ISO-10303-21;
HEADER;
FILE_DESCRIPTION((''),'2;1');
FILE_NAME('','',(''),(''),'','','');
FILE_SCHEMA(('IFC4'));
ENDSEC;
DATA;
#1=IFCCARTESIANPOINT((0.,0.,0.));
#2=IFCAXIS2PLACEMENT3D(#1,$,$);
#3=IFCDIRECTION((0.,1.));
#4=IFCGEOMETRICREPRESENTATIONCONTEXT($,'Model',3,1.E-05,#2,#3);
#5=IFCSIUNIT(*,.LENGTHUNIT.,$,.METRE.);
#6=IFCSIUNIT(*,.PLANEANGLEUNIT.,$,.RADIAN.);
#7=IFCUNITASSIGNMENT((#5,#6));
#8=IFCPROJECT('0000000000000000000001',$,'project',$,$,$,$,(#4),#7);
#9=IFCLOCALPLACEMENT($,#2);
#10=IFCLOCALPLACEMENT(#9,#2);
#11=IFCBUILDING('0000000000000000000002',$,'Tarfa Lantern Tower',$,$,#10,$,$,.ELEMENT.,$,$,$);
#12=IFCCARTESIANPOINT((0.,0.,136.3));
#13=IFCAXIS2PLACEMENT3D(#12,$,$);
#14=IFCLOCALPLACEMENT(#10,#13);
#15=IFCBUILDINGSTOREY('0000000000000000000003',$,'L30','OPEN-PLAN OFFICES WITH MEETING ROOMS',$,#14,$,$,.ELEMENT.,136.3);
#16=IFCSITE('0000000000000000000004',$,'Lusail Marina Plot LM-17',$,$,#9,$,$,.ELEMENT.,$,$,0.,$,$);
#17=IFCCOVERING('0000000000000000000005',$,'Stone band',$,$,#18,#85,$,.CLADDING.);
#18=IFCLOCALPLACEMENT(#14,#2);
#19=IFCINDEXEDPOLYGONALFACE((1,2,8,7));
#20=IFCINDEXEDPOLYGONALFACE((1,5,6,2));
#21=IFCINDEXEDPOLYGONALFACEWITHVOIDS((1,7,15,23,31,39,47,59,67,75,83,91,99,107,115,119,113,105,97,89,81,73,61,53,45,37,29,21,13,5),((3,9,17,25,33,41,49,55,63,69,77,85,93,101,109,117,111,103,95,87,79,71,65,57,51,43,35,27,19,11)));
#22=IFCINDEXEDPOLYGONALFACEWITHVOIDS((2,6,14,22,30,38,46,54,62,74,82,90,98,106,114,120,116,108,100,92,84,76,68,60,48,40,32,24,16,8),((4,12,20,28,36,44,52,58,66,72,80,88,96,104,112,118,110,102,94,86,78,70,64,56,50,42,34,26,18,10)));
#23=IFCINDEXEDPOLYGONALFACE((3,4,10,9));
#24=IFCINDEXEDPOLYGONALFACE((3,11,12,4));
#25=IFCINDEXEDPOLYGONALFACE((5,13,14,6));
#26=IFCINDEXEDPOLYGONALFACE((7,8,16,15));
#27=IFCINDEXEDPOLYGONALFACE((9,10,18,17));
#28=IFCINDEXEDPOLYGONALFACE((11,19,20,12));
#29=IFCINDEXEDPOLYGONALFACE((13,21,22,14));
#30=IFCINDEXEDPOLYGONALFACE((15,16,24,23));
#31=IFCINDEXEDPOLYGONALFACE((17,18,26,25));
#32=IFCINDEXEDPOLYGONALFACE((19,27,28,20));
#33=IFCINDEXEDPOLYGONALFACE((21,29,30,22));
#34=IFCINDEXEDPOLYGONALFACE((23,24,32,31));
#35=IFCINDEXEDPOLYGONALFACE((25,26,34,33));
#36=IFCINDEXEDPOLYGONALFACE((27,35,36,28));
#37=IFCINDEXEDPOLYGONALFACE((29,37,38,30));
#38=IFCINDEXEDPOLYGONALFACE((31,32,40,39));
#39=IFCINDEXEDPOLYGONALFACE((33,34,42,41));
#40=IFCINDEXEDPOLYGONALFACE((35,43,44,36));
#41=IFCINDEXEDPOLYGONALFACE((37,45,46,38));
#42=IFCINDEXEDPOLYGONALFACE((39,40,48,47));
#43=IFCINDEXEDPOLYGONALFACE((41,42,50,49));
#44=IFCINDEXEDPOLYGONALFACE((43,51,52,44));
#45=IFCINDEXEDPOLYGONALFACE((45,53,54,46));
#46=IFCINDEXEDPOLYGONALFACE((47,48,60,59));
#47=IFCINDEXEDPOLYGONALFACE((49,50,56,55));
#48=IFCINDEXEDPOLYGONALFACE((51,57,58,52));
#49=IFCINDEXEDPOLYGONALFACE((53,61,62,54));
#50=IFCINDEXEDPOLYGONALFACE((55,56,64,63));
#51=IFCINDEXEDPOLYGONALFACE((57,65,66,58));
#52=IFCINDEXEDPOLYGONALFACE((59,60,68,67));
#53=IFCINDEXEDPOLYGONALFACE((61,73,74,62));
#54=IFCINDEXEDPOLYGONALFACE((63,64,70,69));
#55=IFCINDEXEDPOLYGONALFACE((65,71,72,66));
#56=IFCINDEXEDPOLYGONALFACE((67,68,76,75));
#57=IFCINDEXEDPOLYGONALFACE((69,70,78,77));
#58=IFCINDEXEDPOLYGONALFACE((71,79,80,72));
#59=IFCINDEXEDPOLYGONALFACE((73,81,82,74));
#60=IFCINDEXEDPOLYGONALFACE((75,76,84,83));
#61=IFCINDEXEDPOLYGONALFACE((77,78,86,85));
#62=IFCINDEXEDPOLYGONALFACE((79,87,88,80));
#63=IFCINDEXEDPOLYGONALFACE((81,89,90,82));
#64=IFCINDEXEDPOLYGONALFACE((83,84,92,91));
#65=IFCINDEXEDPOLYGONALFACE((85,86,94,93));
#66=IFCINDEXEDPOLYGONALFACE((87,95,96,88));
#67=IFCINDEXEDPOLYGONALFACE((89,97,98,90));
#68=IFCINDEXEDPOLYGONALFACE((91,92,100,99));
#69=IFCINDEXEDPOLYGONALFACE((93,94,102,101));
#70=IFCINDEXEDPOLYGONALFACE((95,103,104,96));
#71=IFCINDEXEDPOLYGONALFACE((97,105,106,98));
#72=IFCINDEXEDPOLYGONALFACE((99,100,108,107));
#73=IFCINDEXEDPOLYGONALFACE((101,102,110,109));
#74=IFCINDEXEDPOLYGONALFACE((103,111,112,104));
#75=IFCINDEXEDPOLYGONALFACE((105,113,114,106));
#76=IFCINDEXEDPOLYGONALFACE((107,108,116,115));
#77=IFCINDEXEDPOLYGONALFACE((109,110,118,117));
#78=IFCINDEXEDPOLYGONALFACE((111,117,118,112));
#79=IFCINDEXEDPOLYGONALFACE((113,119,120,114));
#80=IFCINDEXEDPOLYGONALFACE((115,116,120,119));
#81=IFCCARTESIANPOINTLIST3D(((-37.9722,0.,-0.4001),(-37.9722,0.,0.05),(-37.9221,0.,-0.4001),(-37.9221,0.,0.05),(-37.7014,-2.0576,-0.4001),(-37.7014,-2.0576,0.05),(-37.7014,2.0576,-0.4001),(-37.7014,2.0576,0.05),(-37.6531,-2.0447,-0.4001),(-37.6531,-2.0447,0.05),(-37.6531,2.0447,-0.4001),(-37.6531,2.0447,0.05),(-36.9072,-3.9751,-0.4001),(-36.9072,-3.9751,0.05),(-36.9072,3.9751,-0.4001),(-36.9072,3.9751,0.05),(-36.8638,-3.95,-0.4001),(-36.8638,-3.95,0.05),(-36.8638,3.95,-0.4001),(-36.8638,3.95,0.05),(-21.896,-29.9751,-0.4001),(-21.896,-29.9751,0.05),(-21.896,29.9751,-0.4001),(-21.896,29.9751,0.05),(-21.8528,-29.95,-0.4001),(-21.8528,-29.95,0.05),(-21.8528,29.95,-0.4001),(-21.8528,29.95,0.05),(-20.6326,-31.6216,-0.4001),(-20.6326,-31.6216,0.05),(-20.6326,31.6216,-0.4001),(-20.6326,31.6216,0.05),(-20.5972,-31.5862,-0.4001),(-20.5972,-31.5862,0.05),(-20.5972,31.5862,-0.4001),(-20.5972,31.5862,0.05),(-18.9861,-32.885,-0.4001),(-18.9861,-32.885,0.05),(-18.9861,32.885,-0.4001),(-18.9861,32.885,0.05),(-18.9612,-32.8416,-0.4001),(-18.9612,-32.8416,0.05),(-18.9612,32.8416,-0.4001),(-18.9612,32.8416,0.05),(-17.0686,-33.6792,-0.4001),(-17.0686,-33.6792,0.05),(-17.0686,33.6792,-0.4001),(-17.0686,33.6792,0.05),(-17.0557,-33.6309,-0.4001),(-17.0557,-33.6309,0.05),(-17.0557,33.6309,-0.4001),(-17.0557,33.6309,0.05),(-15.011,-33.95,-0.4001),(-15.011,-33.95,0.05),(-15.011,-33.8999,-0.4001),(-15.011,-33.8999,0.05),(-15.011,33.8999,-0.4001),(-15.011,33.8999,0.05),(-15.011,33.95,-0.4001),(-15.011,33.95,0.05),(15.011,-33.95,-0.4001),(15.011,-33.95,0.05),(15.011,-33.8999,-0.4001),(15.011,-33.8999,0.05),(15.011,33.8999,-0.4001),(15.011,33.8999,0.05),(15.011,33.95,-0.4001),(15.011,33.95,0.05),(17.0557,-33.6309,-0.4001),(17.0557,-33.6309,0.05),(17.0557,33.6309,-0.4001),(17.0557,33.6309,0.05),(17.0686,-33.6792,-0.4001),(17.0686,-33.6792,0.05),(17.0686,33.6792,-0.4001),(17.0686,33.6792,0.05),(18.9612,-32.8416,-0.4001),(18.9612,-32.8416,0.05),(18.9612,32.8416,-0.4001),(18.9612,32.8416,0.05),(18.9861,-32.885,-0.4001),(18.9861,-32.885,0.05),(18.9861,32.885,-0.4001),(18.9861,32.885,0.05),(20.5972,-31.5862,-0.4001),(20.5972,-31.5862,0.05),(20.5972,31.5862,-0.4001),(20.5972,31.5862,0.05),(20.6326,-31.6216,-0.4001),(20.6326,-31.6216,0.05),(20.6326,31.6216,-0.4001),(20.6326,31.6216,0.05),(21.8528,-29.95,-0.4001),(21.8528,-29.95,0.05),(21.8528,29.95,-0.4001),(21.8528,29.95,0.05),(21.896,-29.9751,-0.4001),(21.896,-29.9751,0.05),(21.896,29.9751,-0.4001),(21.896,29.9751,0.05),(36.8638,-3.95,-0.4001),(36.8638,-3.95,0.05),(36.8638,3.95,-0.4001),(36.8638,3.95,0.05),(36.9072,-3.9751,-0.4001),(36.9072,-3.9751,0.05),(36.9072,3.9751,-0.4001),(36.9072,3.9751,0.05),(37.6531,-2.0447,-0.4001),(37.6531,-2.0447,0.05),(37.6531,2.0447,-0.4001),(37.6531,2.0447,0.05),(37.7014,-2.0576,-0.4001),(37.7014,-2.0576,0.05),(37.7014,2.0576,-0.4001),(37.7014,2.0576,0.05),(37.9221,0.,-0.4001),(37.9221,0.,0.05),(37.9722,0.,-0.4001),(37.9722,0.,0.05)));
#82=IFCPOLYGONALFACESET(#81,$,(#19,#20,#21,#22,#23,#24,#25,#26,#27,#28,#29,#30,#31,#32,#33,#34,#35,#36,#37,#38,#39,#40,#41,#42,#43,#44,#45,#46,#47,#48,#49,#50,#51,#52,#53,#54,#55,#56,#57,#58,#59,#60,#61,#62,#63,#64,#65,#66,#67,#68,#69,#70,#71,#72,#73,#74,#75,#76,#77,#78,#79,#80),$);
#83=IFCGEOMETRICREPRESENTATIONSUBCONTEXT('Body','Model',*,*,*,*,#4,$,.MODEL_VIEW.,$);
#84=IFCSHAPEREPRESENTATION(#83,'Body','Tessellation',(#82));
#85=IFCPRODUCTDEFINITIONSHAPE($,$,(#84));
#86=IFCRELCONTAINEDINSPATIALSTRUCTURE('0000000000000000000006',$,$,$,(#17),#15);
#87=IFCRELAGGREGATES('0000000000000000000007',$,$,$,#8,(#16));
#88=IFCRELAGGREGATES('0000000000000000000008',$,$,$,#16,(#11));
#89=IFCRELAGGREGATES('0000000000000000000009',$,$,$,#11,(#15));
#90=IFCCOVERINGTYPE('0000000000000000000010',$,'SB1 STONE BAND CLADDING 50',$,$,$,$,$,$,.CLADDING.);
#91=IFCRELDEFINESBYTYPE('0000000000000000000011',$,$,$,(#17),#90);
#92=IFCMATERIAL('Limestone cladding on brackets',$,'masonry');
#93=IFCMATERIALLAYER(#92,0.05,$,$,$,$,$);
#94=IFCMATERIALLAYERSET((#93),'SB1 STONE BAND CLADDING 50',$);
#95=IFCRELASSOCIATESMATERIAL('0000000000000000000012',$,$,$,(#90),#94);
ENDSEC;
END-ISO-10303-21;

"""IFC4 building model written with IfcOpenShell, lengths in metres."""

from ifc_helpers import new_model, si_unit, direction, frame, origin, place, context, subcontext, project, spatial, polyline, outline, extrude, material, layer, layer_set, type_object, element, save


model = new_model("IFC4")

# Units and contexts
model_context = context("Model", 3, precision=1e-05, world=origin(), true_north=direction((0.0, 1.0)))
body_context = subcontext(model_context, "Body", "Model", "MODEL_VIEW")
ifc_project = project(units=[si_unit("LENGTHUNIT", "METRE"), si_unit("PLANEANGLEUNIT", "RADIAN")], contexts=[model_context])

# Site, building, storey
site_placement = place(None, origin())
site = spatial("IfcSite", under=ifc_project, at=site_placement, Name="Lusail Marina Plot LM-17", CompositionType="ELEMENT", RefElevation=0.0)
building_placement = place(site_placement, origin())
building = spatial("IfcBuilding", under=site, at=building_placement, Name="Tarfa Lantern Tower", CompositionType="ELEMENT")
storey_placement = place(building_placement, frame((0.0, 0.0, 136.3)))
storey = spatial("IfcBuildingStorey", under=building, at=storey_placement, Name="L30", Description="OPEN-PLAN OFFICES WITH MEETING ROOMS", CompositionType="ELEMENT", Elevation=136.3)

# Covering
ifc_material_1 = material(Name="Limestone cladding on brackets", Category="masonry")
ifc_layer_1 = layer(ifc_material_1, 0.05)
ifc_layer_set_1 = layer_set([ifc_layer_1], Name="SB1 STONE BAND CLADDING 50")
covering_type_1 = type_object("IfcCoveringType", Name="SB1 STONE BAND CLADDING 50", PredefinedType="CLADDING", material=ifc_layer_set_1)
covering_1_placement = place(storey_placement, frame((0.0, 0.0, -0.4001)))
element("IfcCovering", 1, at=covering_1_placement, inside=storey, type_object=covering_type_1, Name="Stone band", PredefinedType="CLADDING", context=body_context, shape_type="SweptSolid", body=[
    extrude(outline(polyline([(36.9072, 3.9751), (21.896, 29.9751), (20.6326, 31.6216), (18.9861, 32.885), (17.0686, 33.6792), (15.011, 33.95), (-15.011, 33.95), (-17.0686, 33.6792), (-18.9861, 32.885), (-20.6326, 31.6216), (-21.896, 29.9751), (-36.9072, 3.9751), (-37.7014, 2.0576), (-37.9722, 0.0), (-37.7014, -2.0576), (-36.9072, -3.9751), (-21.896, -29.9751), (-20.6326, -31.6216), (-18.9861, -32.885), (-17.0686, -33.6792), (-15.011, -33.95), (15.011, -33.95), (17.0686, -33.6792), (18.9861, -32.885), (20.6326, -31.6216), (21.896, -29.9751), (36.9072, -3.9751), (37.7014, -2.0576), (37.9722, 0.0), (37.7014, 2.0576), (36.9072, 3.9751)]), holes=[polyline([(36.8638, 3.95), (21.8528, 29.95), (20.5972, 31.5862), (18.9612, 32.8416), (17.0557, 33.6309), (15.011, 33.8999), (-15.011, 33.8999), (-17.0557, 33.6309), (-18.9612, 32.8416), (-20.5972, 31.5862), (-21.8528, 29.95), (-36.8638, 3.95), (-37.6531, 2.0447), (-37.9221, 0.0), (-37.6531, -2.0447), (-36.8638, -3.95), (-21.8528, -29.95), (-20.5972, -31.5862), (-18.9612, -32.8416), (-17.0557, -33.6309), (-15.011, -33.8999), (15.011, -33.8999), (17.0557, -33.6309), (18.9612, -32.8416), (20.5972, -31.5862), (21.8528, -29.95), (36.8638, -3.95), (37.6531, -2.0447), (37.9221, 0.0), (37.6531, 2.0447), (36.8638, 3.95)])]), origin(), (0.0, 0.0, 1.0), 0.4502),
])

save(model, "model.ifc")
